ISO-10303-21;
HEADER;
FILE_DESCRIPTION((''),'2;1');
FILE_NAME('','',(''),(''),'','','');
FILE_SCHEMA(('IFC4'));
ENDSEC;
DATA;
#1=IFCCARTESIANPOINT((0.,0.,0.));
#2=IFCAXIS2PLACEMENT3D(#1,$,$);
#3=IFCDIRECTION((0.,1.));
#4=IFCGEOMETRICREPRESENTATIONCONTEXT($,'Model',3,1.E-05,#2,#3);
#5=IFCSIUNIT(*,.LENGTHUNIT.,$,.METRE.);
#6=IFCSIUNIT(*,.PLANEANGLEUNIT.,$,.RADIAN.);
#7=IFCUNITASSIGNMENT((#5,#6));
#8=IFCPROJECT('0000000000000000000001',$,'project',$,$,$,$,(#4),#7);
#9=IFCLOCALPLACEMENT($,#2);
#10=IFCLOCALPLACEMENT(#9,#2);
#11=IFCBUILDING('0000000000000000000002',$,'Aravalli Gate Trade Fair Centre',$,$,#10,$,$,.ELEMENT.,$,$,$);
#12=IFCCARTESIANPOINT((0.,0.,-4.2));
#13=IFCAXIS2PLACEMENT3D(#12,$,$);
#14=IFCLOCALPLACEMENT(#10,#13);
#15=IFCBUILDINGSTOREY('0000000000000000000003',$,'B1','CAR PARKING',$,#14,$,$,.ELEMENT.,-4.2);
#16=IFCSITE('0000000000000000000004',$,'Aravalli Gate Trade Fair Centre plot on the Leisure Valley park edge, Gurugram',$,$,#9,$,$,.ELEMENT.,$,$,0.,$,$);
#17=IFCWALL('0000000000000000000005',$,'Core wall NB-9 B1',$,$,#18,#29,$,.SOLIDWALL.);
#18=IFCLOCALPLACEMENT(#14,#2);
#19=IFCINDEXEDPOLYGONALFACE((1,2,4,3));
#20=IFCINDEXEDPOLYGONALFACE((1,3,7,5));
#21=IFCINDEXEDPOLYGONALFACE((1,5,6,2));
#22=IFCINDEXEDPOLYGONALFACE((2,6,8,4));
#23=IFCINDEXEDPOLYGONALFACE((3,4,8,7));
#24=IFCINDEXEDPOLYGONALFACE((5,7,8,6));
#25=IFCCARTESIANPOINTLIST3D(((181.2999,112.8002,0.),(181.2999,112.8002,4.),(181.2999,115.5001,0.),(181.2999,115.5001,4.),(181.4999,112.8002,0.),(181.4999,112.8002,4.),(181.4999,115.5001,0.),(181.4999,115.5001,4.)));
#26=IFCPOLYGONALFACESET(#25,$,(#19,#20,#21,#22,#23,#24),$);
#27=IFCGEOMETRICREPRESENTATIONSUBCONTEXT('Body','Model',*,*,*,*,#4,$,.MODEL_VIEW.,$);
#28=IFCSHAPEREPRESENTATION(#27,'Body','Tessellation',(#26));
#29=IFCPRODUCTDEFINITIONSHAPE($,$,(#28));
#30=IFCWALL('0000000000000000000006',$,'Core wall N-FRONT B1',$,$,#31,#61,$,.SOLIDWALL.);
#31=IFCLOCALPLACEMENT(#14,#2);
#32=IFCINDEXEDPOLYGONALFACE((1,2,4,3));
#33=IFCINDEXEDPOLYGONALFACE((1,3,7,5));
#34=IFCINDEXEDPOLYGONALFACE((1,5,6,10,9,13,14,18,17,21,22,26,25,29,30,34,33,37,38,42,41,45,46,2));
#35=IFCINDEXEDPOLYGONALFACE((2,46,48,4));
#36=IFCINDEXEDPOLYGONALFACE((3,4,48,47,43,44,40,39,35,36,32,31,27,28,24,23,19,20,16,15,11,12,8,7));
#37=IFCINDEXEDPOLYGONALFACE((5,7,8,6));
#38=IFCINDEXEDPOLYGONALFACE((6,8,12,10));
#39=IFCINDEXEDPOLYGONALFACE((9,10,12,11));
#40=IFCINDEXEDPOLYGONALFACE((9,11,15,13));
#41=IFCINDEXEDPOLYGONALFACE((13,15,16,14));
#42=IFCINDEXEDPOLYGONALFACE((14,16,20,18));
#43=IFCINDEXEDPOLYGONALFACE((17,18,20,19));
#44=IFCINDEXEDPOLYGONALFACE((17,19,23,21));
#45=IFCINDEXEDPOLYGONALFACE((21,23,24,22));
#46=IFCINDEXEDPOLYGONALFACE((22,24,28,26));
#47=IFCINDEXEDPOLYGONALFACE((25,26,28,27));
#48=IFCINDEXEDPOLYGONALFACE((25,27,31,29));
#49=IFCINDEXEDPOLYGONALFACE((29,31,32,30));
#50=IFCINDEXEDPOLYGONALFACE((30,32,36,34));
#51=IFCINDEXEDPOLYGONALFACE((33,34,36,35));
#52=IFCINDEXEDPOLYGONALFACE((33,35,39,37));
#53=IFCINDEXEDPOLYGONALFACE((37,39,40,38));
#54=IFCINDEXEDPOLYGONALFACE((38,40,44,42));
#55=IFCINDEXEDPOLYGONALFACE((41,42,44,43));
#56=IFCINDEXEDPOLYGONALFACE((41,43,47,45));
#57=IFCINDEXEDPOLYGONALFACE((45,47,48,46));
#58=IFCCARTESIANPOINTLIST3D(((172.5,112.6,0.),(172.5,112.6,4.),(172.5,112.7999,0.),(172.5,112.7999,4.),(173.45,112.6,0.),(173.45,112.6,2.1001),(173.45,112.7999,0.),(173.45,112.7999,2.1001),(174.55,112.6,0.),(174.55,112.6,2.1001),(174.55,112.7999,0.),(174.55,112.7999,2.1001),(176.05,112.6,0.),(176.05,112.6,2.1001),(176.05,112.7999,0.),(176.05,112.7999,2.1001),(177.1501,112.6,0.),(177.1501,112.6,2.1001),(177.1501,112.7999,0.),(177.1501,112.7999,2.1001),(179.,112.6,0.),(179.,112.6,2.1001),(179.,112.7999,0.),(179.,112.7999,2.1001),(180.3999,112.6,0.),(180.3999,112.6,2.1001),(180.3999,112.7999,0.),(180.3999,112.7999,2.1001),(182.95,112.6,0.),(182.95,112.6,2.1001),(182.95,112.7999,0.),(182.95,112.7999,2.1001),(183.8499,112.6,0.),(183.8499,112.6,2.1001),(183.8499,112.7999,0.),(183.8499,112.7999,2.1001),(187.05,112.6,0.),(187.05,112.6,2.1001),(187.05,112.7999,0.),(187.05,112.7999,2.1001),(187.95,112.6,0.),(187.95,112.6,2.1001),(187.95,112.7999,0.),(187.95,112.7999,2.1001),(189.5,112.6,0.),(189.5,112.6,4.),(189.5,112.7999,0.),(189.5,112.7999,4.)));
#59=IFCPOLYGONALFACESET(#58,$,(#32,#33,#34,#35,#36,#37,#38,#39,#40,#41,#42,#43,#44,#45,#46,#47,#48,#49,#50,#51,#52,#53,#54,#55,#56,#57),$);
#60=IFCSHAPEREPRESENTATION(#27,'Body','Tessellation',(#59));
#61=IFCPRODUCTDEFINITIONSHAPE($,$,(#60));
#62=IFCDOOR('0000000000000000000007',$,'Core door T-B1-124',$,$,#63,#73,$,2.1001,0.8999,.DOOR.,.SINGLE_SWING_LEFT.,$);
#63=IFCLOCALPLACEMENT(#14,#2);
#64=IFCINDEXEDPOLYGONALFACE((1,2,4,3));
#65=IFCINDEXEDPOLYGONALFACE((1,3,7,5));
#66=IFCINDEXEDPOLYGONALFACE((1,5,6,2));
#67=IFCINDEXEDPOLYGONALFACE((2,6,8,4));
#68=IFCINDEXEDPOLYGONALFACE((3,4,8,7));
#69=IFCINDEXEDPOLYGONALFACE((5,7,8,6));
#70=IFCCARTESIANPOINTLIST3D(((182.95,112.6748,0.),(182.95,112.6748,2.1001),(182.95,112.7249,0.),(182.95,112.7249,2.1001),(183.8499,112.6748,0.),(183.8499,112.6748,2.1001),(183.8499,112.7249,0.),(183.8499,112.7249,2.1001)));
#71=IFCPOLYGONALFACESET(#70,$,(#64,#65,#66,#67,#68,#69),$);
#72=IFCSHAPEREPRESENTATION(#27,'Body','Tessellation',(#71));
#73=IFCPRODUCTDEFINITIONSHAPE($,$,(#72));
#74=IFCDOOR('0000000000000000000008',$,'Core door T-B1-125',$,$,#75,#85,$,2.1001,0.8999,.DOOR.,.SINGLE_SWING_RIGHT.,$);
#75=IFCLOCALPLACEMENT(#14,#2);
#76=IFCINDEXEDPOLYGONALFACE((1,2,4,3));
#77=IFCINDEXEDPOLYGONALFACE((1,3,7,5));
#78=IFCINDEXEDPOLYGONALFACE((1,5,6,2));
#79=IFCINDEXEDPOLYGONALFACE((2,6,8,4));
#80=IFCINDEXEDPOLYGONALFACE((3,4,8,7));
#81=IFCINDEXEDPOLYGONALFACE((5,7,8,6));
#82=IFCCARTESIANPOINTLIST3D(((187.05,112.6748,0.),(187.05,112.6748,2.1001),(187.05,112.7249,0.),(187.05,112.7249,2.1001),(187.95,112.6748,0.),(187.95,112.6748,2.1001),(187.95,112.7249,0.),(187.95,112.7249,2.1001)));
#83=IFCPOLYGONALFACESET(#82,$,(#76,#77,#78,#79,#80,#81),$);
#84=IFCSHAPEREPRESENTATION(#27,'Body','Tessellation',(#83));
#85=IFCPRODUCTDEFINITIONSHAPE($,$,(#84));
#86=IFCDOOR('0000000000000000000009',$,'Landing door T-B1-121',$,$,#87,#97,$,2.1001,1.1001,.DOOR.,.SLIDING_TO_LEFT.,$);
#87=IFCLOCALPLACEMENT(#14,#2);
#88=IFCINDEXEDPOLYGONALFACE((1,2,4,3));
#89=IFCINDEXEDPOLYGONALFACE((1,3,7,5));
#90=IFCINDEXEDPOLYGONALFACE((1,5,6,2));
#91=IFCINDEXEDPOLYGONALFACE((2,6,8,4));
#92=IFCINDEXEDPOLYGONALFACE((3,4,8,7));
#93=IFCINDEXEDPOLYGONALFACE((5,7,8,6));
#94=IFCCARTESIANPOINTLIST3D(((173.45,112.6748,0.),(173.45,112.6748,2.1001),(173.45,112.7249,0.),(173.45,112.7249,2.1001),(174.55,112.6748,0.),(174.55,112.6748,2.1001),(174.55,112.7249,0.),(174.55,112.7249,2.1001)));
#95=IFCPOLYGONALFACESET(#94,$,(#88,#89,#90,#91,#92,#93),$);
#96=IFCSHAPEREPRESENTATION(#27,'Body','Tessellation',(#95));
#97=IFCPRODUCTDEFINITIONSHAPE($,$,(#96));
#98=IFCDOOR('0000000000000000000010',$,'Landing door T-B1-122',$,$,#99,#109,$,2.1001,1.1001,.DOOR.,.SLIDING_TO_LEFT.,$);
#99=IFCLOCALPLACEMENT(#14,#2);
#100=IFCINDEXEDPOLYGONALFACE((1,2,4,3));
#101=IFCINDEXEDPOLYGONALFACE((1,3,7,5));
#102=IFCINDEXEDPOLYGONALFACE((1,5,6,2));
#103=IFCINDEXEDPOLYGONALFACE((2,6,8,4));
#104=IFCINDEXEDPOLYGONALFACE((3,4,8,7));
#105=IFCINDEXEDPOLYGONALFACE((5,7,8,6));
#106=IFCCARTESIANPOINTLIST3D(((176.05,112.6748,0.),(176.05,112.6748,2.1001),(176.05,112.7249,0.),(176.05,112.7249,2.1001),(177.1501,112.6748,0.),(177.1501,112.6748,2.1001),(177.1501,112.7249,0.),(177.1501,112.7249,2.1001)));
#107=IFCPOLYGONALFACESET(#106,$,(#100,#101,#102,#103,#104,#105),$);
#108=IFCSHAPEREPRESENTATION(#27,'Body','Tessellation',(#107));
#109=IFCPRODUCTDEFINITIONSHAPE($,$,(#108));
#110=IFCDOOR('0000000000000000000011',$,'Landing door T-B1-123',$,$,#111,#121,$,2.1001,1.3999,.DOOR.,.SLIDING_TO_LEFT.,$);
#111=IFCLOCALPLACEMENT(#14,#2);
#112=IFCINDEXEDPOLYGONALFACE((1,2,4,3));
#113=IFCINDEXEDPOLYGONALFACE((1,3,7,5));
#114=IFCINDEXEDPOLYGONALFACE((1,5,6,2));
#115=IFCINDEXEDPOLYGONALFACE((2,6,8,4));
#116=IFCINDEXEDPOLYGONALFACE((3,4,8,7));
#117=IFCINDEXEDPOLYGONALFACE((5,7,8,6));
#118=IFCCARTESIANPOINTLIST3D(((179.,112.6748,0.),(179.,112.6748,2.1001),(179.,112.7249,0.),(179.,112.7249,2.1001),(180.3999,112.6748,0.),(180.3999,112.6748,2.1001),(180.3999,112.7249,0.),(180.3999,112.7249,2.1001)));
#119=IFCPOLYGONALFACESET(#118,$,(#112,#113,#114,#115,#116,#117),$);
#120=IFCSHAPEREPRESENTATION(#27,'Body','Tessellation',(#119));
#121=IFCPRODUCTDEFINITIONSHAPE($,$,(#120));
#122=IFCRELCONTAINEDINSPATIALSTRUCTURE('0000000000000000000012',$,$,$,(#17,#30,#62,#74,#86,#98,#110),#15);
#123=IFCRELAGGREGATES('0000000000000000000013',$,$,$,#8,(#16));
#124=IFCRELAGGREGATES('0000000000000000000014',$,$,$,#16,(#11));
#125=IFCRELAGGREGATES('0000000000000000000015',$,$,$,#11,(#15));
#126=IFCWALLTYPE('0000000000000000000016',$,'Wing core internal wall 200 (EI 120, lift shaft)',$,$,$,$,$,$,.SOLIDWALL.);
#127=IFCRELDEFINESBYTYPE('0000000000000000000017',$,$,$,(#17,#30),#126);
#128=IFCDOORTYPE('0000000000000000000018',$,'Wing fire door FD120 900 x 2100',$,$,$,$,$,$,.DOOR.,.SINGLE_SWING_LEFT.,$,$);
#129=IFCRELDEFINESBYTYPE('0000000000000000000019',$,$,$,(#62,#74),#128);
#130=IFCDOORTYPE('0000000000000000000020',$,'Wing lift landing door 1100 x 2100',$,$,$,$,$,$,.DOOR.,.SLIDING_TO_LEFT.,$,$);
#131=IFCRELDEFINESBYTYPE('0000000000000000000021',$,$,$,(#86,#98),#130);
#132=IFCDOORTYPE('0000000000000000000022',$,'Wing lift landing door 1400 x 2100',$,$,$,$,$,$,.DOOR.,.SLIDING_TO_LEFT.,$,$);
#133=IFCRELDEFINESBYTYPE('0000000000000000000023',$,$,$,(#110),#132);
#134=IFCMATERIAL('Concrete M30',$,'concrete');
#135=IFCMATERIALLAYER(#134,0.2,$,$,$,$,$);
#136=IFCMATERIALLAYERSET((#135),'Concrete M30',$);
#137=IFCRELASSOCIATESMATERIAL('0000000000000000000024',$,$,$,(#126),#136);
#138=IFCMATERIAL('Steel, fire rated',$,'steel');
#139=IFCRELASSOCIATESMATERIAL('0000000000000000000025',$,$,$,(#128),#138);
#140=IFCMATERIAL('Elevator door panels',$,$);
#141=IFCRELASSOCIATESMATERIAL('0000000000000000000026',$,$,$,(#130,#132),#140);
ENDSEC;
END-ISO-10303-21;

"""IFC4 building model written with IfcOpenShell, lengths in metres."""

from ifc_helpers import new_model, si_unit, direction, frame, frame_2d, origin, place, context, subcontext, project, spatial, rectangle, extrude, material, layer, layer_set, type_object, element, fill, save


model = new_model("IFC4")

# Units and contexts
model_context = context("Model", 3, precision=1e-05, world=origin(), true_north=direction((0.0, 1.0)))
body_context = subcontext(model_context, "Body", "Model", "MODEL_VIEW")
ifc_project = project(units=[si_unit("LENGTHUNIT", "METRE"), si_unit("PLANEANGLEUNIT", "RADIAN")], contexts=[model_context])

# Site, building, storey
site_placement = place(None, origin())
site = spatial("IfcSite", under=ifc_project, at=site_placement, Name="Aravalli Gate Trade Fair Centre plot on the Leisure Valley park edge, Gurugram", CompositionType="ELEMENT", RefElevation=0.0)
building_placement = place(site_placement, origin())
building = spatial("IfcBuilding", under=site, at=building_placement, Name="Aravalli Gate Trade Fair Centre", CompositionType="ELEMENT")
storey_placement = place(building_placement, frame((0.0, 0.0, -4.2)))
storey = spatial("IfcBuildingStorey", under=building, at=storey_placement, Name="B1", Description="CAR PARKING", CompositionType="ELEMENT", Elevation=-4.2)

# Shared definitions
ifc_material_1 = material(Name="Concrete M30", Category="concrete")
ifc_layer = layer(ifc_material_1, 0.2)
ifc_layer_set = layer_set([ifc_layer], Name="Concrete M30")
wall_type = type_object("IfcWallType", Name="Wing core internal wall 200 (EI 120, lift shaft)", PredefinedType="SOLIDWALL", material=ifc_layer_set)

# Shared definitions
ifc_material_2 = material(Name="Steel, fire rated", Category="steel")
door_type_1 = type_object("IfcDoorType", Name="Wing fire door FD120 900 x 2100", OperationType="SINGLE_SWING_LEFT", PredefinedType="DOOR", material=ifc_material_2)
ifc_material_3 = material(Name="Elevator door panels")
door_type_2 = type_object("IfcDoorType", Name="Wing lift landing door 1100 x 2100", OperationType="SLIDING_TO_LEFT", PredefinedType="DOOR", material=ifc_material_3)

# Wall
for number, where, z_axis, x_axis, name in (
    (1, (181.3999, 112.8, 0.0), (0.0, 0.0, 1.0), (0.0, 1.0, 0.0), "Core wall NB-9 B1"),
):
    element("IfcWall", number, at=place(storey_placement, frame(where, z_axis=z_axis, x_axis=x_axis)), inside=storey, type_object=wall_type, Name=name, PredefinedType="SOLIDWALL", context=body_context, shape_type="SweptSolid", body=[
        extrude(rectangle(XDim=2.7, YDim=0.2, at=frame_2d((1.3501, 0.0))), origin(), (0.0, 0.0, 1.0), 4.0),
    ])

# Wall, openings, doors
wall_1_placement = place(storey_placement, frame((172.5, 112.7, 0.0), z_axis=(0.0, 0.0, 1.0), x_axis=(1.0, 0.0, 0.0)))
wall_1 = element("IfcWall", 2, at=wall_1_placement, inside=storey, type_object=wall_type, Name="Core wall N-FRONT B1", PredefinedType="SOLIDWALL", context=body_context, shape_type="SweptSolid", body=[
    extrude(rectangle(XDim=17.0, YDim=0.2, at=frame_2d((8.5, 0.0))), origin(), (0.0, 0.0, 1.0), 4.0),
])
opening_1_placement = place(wall_1_placement, frame((0.95, 0.0, 0.0)))
opening_1 = element("IfcOpeningElement", 3, at=opening_1_placement, cuts=wall_1, PredefinedType="OPENING", context=body_context, shape_type="SweptSolid", body=[
    extrude(rectangle(XDim=1.1001, YDim=2.1001, at=frame_2d((0.55, 1.05))), frame((0.0, 0.1099, 0.0), z_axis=(0.0, -1.0, 0.0), x_axis=(1.0, 0.0, 0.0)), (0.0, 0.0, 1.0), 0.22),
])
opening_2_placement = place(wall_1_placement, frame((3.55, 0.0, 0.0)))
opening_2 = element("IfcOpeningElement", 4, at=opening_2_placement, cuts=wall_1, PredefinedType="OPENING", context=body_context, shape_type="SweptSolid", body=[
    extrude(rectangle(XDim=1.1001, YDim=2.1001, at=frame_2d((0.55, 1.05))), frame((0.0, 0.1099, 0.0), z_axis=(0.0, -1.0, 0.0), x_axis=(1.0, 0.0, 0.0)), (0.0, 0.0, 1.0), 0.22),
])
opening_3_placement = place(wall_1_placement, frame((6.5, 0.0, 0.0)))
opening_3 = element("IfcOpeningElement", 5, at=opening_3_placement, cuts=wall_1, PredefinedType="OPENING", context=body_context, shape_type="SweptSolid", body=[
    extrude(rectangle(XDim=1.3999, YDim=2.1001, at=frame_2d((0.7, 1.05))), frame((0.0, 0.1099, 0.0), z_axis=(0.0, -1.0, 0.0), x_axis=(1.0, 0.0, 0.0)), (0.0, 0.0, 1.0), 0.22),
])
opening_4_placement = place(wall_1_placement, frame((10.45, 0.0, 0.0)))
opening_4 = element("IfcOpeningElement", 6, at=opening_4_placement, cuts=wall_1, PredefinedType="OPENING", context=body_context, shape_type="SweptSolid", body=[
    extrude(rectangle(XDim=0.8999, YDim=2.1001, at=frame_2d((0.45, 1.05))), frame((0.0, 0.1099, 0.0), z_axis=(0.0, -1.0, 0.0), x_axis=(1.0, 0.0, 0.0)), (0.0, 0.0, 1.0), 0.22),
])
opening_5_placement = place(wall_1_placement, frame((14.55, 0.0, 0.0)))
opening_5 = element("IfcOpeningElement", 7, at=opening_5_placement, cuts=wall_1, PredefinedType="OPENING", context=body_context, shape_type="SweptSolid", body=[
    extrude(rectangle(XDim=0.8999, YDim=2.1001, at=frame_2d((0.45, 1.05))), frame((0.0, 0.1099, 0.0), z_axis=(0.0, -1.0, 0.0), x_axis=(1.0, 0.0, 0.0)), (0.0, 0.0, 1.0), 0.22),
])
door_1_placement = place(opening_4_placement, origin())
door_1 = element("IfcDoor", 8, at=door_1_placement, inside=storey, type_object=door_type_1, Name="Core door T-B1-124", OperationType="SINGLE_SWING_LEFT", OverallHeight=2.1001, OverallWidth=0.8999, PredefinedType="DOOR", context=body_context, shape_type="SweptSolid", body=[
    extrude(rectangle(XDim=0.8999, YDim=2.1001, at=frame_2d((0.45, 1.05))), frame((0.0, 0.0249, 0.0), z_axis=(0.0, -1.0, 0.0), x_axis=(1.0, 0.0, 0.0)), (0.0, 0.0, 1.0), 0.05),
])
fill(opening_4, door_1)
door_2_placement = place(opening_5_placement, origin())
door_2 = element("IfcDoor", 9, at=door_2_placement, inside=storey, type_object=door_type_1, Name="Core door T-B1-125", OperationType="SINGLE_SWING_RIGHT", OverallHeight=2.1001, OverallWidth=0.8999, PredefinedType="DOOR", context=body_context, shape_type="SweptSolid", body=[
    extrude(rectangle(XDim=0.8999, YDim=2.1001, at=frame_2d((0.45, 1.05))), frame((0.0, 0.0249, 0.0), z_axis=(0.0, -1.0, 0.0), x_axis=(1.0, 0.0, 0.0)), (0.0, 0.0, 1.0), 0.05),
])
fill(opening_5, door_2)
door_3_placement = place(opening_1_placement, origin())
door_3 = element("IfcDoor", 10, at=door_3_placement, inside=storey, type_object=door_type_2, Name="Landing door T-B1-121", OperationType="SLIDING_TO_LEFT", OverallHeight=2.1001, OverallWidth=1.1001, PredefinedType="DOOR", context=body_context, shape_type="SweptSolid", body=[
    extrude(rectangle(XDim=1.1001, YDim=2.1001, at=frame_2d((0.55, 1.05))), frame((0.0, 0.0249, 0.0), z_axis=(0.0, -1.0, 0.0), x_axis=(1.0, 0.0, 0.0)), (0.0, 0.0, 1.0), 0.05),
])
fill(opening_1, door_3)
door_4_placement = place(opening_2_placement, origin())
door_4 = element("IfcDoor", 11, at=door_4_placement, inside=storey, type_object=door_type_2, Name="Landing door T-B1-122", OperationType="SLIDING_TO_LEFT", OverallHeight=2.1001, OverallWidth=1.1001, PredefinedType="DOOR", context=body_context, shape_type="SweptSolid", body=[
    extrude(rectangle(XDim=1.1001, YDim=2.1001, at=frame_2d((0.55, 1.05))), frame((0.0, 0.0249, 0.0), z_axis=(0.0, -1.0, 0.0), x_axis=(1.0, 0.0, 0.0)), (0.0, 0.0, 1.0), 0.05),
])
fill(opening_2, door_4)
door_type_3 = type_object("IfcDoorType", Name="Wing lift landing door 1400 x 2100", OperationType="SLIDING_TO_LEFT", PredefinedType="DOOR", material=ifc_material_3)
door_5_placement = place(opening_3_placement, origin())
door_5 = element("IfcDoor", 12, at=door_5_placement, inside=storey, type_object=door_type_3, Name="Landing door T-B1-123", OperationType="SLIDING_TO_LEFT", OverallHeight=2.1001, OverallWidth=1.3999, PredefinedType="DOOR", context=body_context, shape_type="SweptSolid", body=[
    extrude(rectangle(XDim=1.3999, YDim=2.1001, at=frame_2d((0.7, 1.05))), frame((0.0, 0.0249, 0.0), z_axis=(0.0, -1.0, 0.0), x_axis=(1.0, 0.0, 0.0)), (0.0, 0.0, 1.0), 0.05),
])
fill(opening_3, door_5)

save(model, "model.ifc")
